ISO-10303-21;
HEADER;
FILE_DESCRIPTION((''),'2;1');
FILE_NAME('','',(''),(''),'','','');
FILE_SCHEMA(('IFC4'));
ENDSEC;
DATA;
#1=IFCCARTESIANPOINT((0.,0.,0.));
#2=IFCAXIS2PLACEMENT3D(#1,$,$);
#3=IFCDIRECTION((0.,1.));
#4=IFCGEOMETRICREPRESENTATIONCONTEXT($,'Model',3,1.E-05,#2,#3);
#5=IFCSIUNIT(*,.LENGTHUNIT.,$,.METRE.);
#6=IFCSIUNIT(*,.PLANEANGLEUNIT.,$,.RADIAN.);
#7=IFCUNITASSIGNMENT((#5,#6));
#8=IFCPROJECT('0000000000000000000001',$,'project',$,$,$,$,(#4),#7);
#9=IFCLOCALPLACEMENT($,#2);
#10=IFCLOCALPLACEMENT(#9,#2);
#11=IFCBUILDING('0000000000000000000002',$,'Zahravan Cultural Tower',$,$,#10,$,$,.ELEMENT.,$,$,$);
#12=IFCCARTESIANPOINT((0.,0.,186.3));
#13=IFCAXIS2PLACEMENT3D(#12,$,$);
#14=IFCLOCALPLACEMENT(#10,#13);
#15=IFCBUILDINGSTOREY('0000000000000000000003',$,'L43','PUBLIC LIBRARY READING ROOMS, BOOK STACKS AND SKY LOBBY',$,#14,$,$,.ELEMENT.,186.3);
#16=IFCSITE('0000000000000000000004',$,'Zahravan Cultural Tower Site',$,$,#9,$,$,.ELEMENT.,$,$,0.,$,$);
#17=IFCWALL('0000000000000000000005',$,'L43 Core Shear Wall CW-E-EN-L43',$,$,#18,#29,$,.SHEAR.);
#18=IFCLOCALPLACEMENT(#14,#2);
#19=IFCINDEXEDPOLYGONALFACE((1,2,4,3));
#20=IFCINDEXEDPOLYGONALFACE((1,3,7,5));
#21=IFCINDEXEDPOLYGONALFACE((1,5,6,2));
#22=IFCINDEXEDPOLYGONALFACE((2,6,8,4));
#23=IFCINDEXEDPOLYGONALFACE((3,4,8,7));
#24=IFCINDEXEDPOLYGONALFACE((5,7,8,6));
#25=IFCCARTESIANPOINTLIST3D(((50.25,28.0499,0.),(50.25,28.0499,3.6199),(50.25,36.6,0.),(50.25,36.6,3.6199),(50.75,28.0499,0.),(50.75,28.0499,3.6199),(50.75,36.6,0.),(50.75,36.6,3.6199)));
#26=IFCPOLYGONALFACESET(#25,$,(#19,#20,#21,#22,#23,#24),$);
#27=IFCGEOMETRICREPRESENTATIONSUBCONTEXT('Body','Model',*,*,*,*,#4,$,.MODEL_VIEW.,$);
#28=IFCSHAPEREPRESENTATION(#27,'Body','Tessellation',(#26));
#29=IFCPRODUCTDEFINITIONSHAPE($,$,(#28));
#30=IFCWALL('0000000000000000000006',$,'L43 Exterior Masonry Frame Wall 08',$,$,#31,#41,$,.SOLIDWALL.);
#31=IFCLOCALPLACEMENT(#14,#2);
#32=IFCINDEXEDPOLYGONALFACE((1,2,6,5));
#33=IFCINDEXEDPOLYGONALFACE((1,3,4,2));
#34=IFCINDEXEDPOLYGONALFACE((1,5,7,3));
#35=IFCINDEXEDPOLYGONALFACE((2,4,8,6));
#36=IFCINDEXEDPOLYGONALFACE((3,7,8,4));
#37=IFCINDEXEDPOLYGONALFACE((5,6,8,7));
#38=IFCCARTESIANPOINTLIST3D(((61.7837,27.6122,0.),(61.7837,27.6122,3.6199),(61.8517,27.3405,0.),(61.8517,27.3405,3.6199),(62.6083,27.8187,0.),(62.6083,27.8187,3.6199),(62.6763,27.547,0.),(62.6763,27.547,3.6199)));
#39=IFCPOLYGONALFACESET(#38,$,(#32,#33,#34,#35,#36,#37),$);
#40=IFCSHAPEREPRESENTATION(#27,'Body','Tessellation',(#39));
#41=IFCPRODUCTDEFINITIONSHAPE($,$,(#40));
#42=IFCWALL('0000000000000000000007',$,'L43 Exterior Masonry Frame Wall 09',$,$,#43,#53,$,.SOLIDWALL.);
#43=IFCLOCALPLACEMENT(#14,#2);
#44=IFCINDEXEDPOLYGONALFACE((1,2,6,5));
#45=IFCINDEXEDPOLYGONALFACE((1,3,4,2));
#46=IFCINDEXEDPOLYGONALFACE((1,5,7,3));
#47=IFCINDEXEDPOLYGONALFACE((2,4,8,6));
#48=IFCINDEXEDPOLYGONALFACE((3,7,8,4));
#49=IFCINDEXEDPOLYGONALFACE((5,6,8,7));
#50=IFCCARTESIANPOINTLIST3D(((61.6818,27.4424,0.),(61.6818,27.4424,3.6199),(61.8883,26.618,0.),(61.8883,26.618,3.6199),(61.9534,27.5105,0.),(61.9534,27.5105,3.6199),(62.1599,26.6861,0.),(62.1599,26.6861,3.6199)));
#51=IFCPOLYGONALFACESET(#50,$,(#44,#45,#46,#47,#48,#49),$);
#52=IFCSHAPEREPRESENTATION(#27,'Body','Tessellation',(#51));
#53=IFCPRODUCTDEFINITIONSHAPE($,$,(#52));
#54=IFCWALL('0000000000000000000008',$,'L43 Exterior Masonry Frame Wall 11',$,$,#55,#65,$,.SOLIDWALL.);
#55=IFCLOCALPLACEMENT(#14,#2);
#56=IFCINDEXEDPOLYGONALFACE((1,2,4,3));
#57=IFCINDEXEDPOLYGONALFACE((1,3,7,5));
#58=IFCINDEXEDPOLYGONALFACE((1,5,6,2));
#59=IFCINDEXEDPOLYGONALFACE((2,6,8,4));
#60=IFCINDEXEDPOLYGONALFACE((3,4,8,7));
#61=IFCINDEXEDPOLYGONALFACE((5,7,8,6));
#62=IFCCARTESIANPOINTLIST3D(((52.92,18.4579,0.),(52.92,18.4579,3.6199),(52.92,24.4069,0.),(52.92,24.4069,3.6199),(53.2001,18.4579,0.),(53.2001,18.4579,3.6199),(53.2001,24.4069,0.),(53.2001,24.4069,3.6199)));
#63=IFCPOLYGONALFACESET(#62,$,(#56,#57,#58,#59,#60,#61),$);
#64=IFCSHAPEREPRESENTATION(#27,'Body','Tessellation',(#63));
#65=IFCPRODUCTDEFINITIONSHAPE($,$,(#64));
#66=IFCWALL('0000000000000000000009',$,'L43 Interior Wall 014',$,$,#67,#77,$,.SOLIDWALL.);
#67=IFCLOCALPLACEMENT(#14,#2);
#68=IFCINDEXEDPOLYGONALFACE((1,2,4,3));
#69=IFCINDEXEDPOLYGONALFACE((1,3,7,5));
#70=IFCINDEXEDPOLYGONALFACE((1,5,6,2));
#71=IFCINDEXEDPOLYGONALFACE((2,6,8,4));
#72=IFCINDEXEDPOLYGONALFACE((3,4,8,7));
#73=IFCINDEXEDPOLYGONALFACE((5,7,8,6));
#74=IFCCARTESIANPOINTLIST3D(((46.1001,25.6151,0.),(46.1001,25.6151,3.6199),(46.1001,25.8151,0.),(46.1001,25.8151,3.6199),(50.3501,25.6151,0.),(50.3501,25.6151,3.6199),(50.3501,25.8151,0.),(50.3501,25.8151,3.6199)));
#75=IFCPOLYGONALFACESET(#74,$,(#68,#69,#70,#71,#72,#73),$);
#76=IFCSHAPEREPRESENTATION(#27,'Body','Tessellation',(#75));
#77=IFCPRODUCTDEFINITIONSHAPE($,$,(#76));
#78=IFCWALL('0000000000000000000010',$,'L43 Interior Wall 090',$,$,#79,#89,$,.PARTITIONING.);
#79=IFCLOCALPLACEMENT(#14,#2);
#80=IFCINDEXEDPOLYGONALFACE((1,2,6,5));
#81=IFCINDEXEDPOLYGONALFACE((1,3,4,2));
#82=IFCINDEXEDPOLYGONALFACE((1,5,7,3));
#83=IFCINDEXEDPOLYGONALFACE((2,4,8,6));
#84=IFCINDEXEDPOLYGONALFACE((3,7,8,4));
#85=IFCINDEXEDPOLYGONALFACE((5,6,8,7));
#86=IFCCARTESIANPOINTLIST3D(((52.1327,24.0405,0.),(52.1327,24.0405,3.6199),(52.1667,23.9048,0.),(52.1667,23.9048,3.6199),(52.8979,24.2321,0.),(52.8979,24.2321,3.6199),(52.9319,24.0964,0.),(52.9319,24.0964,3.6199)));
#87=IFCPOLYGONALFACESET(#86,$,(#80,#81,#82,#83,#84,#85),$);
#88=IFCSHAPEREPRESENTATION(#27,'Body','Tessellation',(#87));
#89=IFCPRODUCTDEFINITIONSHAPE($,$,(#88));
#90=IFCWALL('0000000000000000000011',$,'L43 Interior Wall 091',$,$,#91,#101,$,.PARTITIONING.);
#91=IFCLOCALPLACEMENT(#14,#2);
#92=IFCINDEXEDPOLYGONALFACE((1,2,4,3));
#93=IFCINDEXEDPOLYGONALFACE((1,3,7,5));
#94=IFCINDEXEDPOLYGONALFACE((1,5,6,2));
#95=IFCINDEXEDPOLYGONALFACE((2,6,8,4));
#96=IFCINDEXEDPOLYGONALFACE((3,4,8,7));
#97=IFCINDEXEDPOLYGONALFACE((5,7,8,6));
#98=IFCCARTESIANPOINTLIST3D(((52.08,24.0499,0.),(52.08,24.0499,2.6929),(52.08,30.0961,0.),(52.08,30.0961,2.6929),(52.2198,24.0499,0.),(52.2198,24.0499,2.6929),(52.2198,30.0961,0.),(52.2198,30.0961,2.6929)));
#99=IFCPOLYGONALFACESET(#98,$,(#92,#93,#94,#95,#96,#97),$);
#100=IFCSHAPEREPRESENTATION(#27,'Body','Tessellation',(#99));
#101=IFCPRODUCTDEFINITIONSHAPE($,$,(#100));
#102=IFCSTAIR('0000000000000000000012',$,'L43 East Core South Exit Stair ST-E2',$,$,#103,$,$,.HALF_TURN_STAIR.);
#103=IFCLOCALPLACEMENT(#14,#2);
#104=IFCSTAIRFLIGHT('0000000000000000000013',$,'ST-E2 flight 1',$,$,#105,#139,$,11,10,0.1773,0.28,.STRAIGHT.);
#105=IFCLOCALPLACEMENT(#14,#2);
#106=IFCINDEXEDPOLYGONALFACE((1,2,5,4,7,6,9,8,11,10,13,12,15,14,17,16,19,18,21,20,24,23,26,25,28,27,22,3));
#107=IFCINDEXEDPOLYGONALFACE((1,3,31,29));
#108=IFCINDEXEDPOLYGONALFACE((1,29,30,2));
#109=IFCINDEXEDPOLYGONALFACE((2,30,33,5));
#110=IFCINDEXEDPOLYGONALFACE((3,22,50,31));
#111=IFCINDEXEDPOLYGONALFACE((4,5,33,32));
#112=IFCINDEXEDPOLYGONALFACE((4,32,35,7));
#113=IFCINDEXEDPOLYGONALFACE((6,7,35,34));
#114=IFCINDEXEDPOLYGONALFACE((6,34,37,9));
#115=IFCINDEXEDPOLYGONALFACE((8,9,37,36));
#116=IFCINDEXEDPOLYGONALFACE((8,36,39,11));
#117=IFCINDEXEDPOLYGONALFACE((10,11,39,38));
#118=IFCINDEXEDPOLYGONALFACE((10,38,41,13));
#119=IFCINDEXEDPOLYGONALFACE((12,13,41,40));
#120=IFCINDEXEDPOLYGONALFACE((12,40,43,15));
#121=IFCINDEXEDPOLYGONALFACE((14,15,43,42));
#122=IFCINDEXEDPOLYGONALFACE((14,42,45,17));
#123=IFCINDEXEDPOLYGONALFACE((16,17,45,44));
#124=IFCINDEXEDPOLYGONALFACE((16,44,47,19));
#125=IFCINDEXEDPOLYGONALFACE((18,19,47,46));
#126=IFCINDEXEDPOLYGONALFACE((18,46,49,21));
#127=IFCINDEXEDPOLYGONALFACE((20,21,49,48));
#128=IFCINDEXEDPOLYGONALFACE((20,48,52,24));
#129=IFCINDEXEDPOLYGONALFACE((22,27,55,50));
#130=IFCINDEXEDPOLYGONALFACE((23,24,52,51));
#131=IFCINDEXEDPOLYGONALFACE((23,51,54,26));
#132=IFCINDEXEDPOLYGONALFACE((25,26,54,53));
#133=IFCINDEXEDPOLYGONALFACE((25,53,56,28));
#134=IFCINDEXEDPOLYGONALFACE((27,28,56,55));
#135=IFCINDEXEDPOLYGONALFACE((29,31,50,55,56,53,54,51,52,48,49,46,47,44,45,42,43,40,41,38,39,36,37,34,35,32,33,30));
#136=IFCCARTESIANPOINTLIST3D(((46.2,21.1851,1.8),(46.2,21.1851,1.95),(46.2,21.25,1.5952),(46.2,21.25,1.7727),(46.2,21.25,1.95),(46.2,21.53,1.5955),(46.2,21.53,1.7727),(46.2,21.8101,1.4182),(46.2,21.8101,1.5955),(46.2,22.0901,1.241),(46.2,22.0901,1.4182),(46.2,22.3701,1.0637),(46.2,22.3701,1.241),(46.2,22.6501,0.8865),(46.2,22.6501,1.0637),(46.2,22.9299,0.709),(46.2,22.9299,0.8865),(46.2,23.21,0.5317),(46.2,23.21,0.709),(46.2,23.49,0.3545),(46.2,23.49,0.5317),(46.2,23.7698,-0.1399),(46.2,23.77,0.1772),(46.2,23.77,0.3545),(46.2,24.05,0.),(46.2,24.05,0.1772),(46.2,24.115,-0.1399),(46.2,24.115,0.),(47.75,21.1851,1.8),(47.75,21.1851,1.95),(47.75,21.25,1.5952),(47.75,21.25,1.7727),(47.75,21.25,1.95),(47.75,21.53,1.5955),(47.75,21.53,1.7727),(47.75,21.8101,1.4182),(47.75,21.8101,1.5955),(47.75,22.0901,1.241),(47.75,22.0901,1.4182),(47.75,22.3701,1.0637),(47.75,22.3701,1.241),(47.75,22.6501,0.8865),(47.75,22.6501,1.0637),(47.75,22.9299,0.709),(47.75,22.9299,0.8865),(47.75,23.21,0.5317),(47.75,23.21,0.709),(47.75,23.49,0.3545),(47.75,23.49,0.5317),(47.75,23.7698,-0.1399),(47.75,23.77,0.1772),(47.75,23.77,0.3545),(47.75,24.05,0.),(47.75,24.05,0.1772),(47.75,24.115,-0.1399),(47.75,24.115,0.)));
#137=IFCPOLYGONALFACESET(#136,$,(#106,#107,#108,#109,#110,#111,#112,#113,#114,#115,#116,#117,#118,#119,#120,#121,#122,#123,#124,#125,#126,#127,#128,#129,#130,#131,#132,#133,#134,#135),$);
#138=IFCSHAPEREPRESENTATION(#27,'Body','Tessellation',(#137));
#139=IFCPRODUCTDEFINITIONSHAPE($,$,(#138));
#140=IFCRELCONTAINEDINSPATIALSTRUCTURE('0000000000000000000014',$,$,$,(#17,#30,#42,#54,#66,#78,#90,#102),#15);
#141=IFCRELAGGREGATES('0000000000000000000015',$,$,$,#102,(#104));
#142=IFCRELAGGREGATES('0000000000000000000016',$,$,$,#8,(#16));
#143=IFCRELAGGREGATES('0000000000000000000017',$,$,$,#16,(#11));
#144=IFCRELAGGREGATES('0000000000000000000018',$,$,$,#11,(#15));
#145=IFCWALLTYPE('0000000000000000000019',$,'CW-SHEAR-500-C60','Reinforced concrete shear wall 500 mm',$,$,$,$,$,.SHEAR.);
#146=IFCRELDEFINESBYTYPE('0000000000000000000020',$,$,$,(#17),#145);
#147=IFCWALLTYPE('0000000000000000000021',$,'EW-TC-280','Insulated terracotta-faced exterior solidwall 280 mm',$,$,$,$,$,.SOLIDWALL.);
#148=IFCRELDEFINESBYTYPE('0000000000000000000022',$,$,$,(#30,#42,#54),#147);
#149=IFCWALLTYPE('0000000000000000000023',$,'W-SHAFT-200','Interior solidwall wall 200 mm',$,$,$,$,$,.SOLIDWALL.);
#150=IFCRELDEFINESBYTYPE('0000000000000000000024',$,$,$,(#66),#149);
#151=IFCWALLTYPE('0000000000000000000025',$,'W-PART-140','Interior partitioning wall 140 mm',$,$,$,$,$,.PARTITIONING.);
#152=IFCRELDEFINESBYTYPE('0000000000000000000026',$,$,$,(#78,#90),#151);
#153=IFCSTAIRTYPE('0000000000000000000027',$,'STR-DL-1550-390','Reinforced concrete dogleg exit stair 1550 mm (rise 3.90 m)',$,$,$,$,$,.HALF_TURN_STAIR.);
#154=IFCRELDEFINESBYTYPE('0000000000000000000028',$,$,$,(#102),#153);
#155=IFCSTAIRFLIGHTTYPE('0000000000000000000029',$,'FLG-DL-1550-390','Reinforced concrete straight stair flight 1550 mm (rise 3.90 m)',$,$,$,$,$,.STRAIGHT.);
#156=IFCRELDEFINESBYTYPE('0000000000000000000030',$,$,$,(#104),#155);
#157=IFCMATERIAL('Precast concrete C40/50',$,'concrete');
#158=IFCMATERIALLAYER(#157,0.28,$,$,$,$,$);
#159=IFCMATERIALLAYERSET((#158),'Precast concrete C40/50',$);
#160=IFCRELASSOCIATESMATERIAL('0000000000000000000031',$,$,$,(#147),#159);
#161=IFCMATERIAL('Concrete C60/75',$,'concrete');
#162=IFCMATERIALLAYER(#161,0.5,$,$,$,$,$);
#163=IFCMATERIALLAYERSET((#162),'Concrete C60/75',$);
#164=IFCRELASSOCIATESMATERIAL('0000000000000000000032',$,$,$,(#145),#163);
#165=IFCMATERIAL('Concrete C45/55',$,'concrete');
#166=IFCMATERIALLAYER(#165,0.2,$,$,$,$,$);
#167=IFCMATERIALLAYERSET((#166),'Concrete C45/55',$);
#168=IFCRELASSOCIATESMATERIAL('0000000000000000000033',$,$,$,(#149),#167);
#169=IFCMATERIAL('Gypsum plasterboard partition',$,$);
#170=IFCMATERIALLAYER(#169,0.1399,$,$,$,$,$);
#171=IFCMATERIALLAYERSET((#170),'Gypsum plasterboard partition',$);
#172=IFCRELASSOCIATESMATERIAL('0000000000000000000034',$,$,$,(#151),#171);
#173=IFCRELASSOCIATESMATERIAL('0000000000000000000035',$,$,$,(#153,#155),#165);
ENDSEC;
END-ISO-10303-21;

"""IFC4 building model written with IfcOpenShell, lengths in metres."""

from ifc_helpers import new_model, si_unit, direction, frame, frame_2d, origin, place, context, subcontext, project, spatial, polyline, rectangle, outline, extrude, source, transform, mapped, material, layer, layer_set, type_object, element, aggregate, save


model = new_model("IFC4")

# Units and contexts
model_context = context("Model", 3, precision=1e-05, world=origin(), true_north=direction((0.0, 1.0)))
body_context = subcontext(model_context, "Body", "Model", "MODEL_VIEW")
ifc_project = project(units=[si_unit("LENGTHUNIT", "METRE"), si_unit("PLANEANGLEUNIT", "RADIAN")], contexts=[model_context])

# Site, building, storey
site_placement = place(None, origin())
site = spatial("IfcSite", under=ifc_project, at=site_placement, Name="Zahravan Cultural Tower Site", CompositionType="ELEMENT", RefElevation=0.0)
building_placement = place(site_placement, origin())
building = spatial("IfcBuilding", under=site, at=building_placement, Name="Zahravan Cultural Tower", CompositionType="ELEMENT")
storey_placement = place(building_placement, frame((0.0, 0.0, 186.3)))
storey = spatial("IfcBuildingStorey", under=building, at=storey_placement, Name="L43", Description="PUBLIC LIBRARY READING ROOMS, BOOK STACKS AND SKY LOBBY", CompositionType="ELEMENT", Elevation=186.3)

# Shared definitions
ifc_material_1 = material(Name="Precast concrete C40/50", Category="concrete")
ifc_layer_1 = layer(ifc_material_1, 0.28)
ifc_layer_set_1 = layer_set([ifc_layer_1], Name="Precast concrete C40/50")
wall_type_1 = type_object("IfcWallType", Name="EW-TC-280", Description="Insulated terracotta-faced exterior solidwall 280 mm", PredefinedType="SOLIDWALL", material=ifc_layer_set_1)

# Walls
ifc_material_2 = material(Name="Concrete C60/75", Category="concrete")
ifc_layer_2 = layer(ifc_material_2, 0.5)
ifc_layer_set_2 = layer_set([ifc_layer_2], Name="Concrete C60/75")
wall_type_2 = type_object("IfcWallType", Name="CW-SHEAR-500-C60", Description="Reinforced concrete shear wall 500 mm", PredefinedType="SHEAR", material=ifc_layer_set_2)
shared_shape_1 = source(origin(), body_context, "Body", "SweptSolid", [
    extrude(rectangle(XDim=8.55, YDim=0.5, at=frame_2d((4.2749, 0.0))), origin(), (0.0, 0.0, 1.0), 3.6199),
])
wall_1_placement = place(storey_placement, frame((50.5, 28.05, 0.0), z_axis=(0.0, 0.0, 1.0), x_axis=(0.0, 1.0, 0.0)))
element("IfcWall", 1, at=wall_1_placement, inside=storey, type_object=wall_type_2, Name="L43 Core Shear Wall CW-E-EN-L43", PredefinedType="SHEAR", context=body_context, shape_type="MappedRepresentation", body=[
    mapped(shared_shape_1, transform((0.0, 0.0, 0.0), x_axis=(1.0, 0.0, 0.0), y_axis=(0.0, 1.0, 0.0), z_axis=(0.0, 0.0, 1.0), scale=1.0)),
])
shared_shape_2 = source(origin(), body_context, "Body", "SweptSolid", [
    extrude(rectangle(XDim=0.8501, YDim=0.28, at=frame_2d((0.425, 0.0))), origin(), (0.0, 0.0, 1.0), 3.6199),
])
wall_2_placement = place(storey_placement, frame((62.6423, 27.6829, 0.0), z_axis=(0.0, 0.0, 1.0), x_axis=(-0.970041, -0.242941, 0.0)))
element("IfcWall", 2, at=wall_2_placement, inside=storey, type_object=wall_type_1, Name="L43 Exterior Masonry Frame Wall 08", PredefinedType="SOLIDWALL", context=body_context, shape_type="MappedRepresentation", body=[
    mapped(shared_shape_2, transform((0.0, 0.0, 0.0), x_axis=(1.0, 0.0, 0.0), y_axis=(0.0, 1.0, 0.0), z_axis=(0.0, 0.0, 1.0), scale=1.0)),
])
shared_shape_3 = source(origin(), body_context, "Body", "SweptSolid", [
    extrude(rectangle(XDim=0.8499, YDim=0.28, at=frame_2d((0.4248, 0.0))), origin(), (0.0, 0.0, 1.0), 3.6199),
])
wall_3_placement = place(storey_placement, frame((61.8176, 27.4763, 0.0), z_axis=(0.0, 0.0, 1.0), x_axis=(0.243009, -0.970024, 0.0)))
element("IfcWall", 3, at=wall_3_placement, inside=storey, type_object=wall_type_1, Name="L43 Exterior Masonry Frame Wall 09", PredefinedType="SOLIDWALL", context=body_context, shape_type="MappedRepresentation", body=[
    mapped(shared_shape_3, transform((0.0, 0.0, 0.0), x_axis=(1.0, 0.0, 0.0), y_axis=(0.0, 1.0, 0.0), z_axis=(0.0, 0.0, 1.0), scale=1.0)),
])
shared_shape_4 = source(origin(), body_context, "Body", "SweptSolid", [
    extrude(rectangle(XDim=5.949, YDim=0.28, at=frame_2d((2.9746, 0.0))), origin(), (0.0, 0.0, 1.0), 3.6199),
])
wall_4_placement = place(storey_placement, frame((53.0601, 24.407, 0.0), z_axis=(0.0, 0.0, 1.0), x_axis=(0.0, -1.0, 0.0)))
element("IfcWall", 4, at=wall_4_placement, inside=storey, type_object=wall_type_1, Name="L43 Exterior Masonry Frame Wall 11", PredefinedType="SOLIDWALL", context=body_context, shape_type="MappedRepresentation", body=[
    mapped(shared_shape_4, transform((0.0, 0.0, 0.0), x_axis=(1.0, 0.0, 0.0), y_axis=(0.0, 1.0, 0.0), z_axis=(0.0, 0.0, 1.0), scale=1.0)),
])
ifc_material_3 = material(Name="Concrete C45/55", Category="concrete")
ifc_layer_3 = layer(ifc_material_3, 0.2)
ifc_layer_set_3 = layer_set([ifc_layer_3], Name="Concrete C45/55")
wall_type_3 = type_object("IfcWallType", Name="W-SHAFT-200", Description="Interior solidwall wall 200 mm", PredefinedType="SOLIDWALL", material=ifc_layer_set_3)
shared_shape_5 = source(origin(), body_context, "Body", "SweptSolid", [
    extrude(rectangle(XDim=4.25, YDim=0.2, at=frame_2d((2.125, 0.0))), origin(), (0.0, 0.0, 1.0), 3.6199),
])
wall_5_placement = place(storey_placement, frame((46.1001, 25.7151, 0.0), z_axis=(0.0, 0.0, 1.0), x_axis=(1.0, 0.0, 0.0)))
element("IfcWall", 5, at=wall_5_placement, inside=storey, type_object=wall_type_3, Name="L43 Interior Wall 014", PredefinedType="SOLIDWALL", context=body_context, shape_type="MappedRepresentation", body=[
    mapped(shared_shape_5, transform((0.0, 0.0, 0.0), x_axis=(1.0, 0.0, 0.0), y_axis=(0.0, 1.0, 0.0), z_axis=(0.0, 0.0, 1.0), scale=1.0)),
])
ifc_material_4 = material(Name="Gypsum plasterboard partition")
ifc_layer_4 = layer(ifc_material_4, 0.1399)
ifc_layer_set_4 = layer_set([ifc_layer_4], Name="Gypsum plasterboard partition")
wall_type_4 = type_object("IfcWallType", Name="W-PART-140", Description="Interior partitioning wall 140 mm", PredefinedType="PARTITIONING", material=ifc_layer_set_4)
shared_shape_6 = source(origin(), body_context, "Body", "SweptSolid", [
    extrude(rectangle(XDim=0.7888, YDim=0.1399, at=frame_2d((0.3945, 0.0))), origin(), (0.0, 0.0, 1.0), 3.6199),
])
wall_6_placement = place(storey_placement, frame((52.915, 24.1643, 0.0), z_axis=(0.0, 0.0, 1.0), x_axis=(-0.970033, -0.242973, 0.0)))
element("IfcWall", 6, at=wall_6_placement, inside=storey, type_object=wall_type_4, Name="L43 Interior Wall 090", PredefinedType="PARTITIONING", context=body_context, shape_type="MappedRepresentation", body=[
    mapped(shared_shape_6, transform((0.0, 0.0, 0.0), x_axis=(1.0, 0.0, 0.0), y_axis=(0.0, 1.0, 0.0), z_axis=(0.0, 0.0, 1.0), scale=1.0)),
])
shared_shape_7 = source(origin(), body_context, "Body", "SweptSolid", [
    extrude(rectangle(XDim=6.0461, YDim=0.1399, at=frame_2d((3.0229, 0.0))), origin(), (0.0, 0.0, 1.0), 2.6929),
])
wall_7_placement = place(storey_placement, frame((52.1499, 24.05, 0.0), z_axis=(0.0, 0.0, 1.0), x_axis=(0.0, 1.0, 0.0)))
element("IfcWall", 7, at=wall_7_placement, inside=storey, type_object=wall_type_4, Name="L43 Interior Wall 091", PredefinedType="PARTITIONING", context=body_context, shape_type="MappedRepresentation", body=[
    mapped(shared_shape_7, transform((0.0, 0.0, 0.0), x_axis=(1.0, 0.0, 0.0), y_axis=(0.0, 1.0, 0.0), z_axis=(0.0, 0.0, 1.0), scale=1.0)),
])

# Stair, stair flight
stair_type = type_object("IfcStairType", Name="STR-DL-1550-390", Description="Reinforced concrete dogleg exit stair 1550 mm (rise 3.90 m)", PredefinedType="HALF_TURN_STAIR", material=ifc_material_3)
stair_placement = place(storey_placement, origin())
stair = element("IfcStair", 8, at=stair_placement, inside=storey, type_object=stair_type, Name="L43 East Core South Exit Stair ST-E2", PredefinedType="HALF_TURN_STAIR")
stair_flight_type = type_object("IfcStairFlightType", Name="FLG-DL-1550-390", Description="Reinforced concrete straight stair flight 1550 mm (rise 3.90 m)", PredefinedType="STRAIGHT", material=ifc_material_3)
stair_flight_placement = place(storey_placement, frame((46.9751, 24.05, 0.0), z_axis=(0.0, 0.0, 1.0), x_axis=(0.0, -1.0, 0.0)))
stair_flight = element("IfcStairFlight", 9, at=stair_flight_placement, type_object=stair_flight_type, Name="ST-E2 flight 1", NumberOfRisers=11, NumberOfTreads=10, PredefinedType="STRAIGHT", RiserHeight=0.1773, TreadLength=0.28, context=body_context, shape_type="SweptSolid", body=[
    extrude(outline(polyline([(-0.0649, -0.1399), (-0.0649, 0.0), (0.0, 0.0), (0.0, 0.1772), (0.28, 0.1772), (0.28, 0.3545), (0.5601, 0.3545), (0.5601, 0.5317), (0.8401, 0.5317), (0.8401, 0.709), (1.1201, 0.709), (1.1201, 0.8865), (1.3999, 0.8865), (1.3999, 1.0637), (1.6799, 1.0637), (1.6799, 1.241), (1.96, 1.241), (1.96, 1.4182), (2.24, 1.4182), (2.24, 1.5955), (2.52, 1.5955), (2.52, 1.7727), (2.8, 1.7727), (2.8, 1.95), (2.865, 1.95), (2.865, 1.8), (2.8, 1.5952), (0.2803, -0.1399), (-0.0649, -0.1399)])), frame((0.0, 0.7749, 0.0), z_axis=(0.0, -1.0, 0.0), x_axis=(1.0, 0.0, 0.0)), (0.0, 0.0, 1.0), 1.55),
])
aggregate(stair, [stair_flight])

save(model, "model.ifc")
